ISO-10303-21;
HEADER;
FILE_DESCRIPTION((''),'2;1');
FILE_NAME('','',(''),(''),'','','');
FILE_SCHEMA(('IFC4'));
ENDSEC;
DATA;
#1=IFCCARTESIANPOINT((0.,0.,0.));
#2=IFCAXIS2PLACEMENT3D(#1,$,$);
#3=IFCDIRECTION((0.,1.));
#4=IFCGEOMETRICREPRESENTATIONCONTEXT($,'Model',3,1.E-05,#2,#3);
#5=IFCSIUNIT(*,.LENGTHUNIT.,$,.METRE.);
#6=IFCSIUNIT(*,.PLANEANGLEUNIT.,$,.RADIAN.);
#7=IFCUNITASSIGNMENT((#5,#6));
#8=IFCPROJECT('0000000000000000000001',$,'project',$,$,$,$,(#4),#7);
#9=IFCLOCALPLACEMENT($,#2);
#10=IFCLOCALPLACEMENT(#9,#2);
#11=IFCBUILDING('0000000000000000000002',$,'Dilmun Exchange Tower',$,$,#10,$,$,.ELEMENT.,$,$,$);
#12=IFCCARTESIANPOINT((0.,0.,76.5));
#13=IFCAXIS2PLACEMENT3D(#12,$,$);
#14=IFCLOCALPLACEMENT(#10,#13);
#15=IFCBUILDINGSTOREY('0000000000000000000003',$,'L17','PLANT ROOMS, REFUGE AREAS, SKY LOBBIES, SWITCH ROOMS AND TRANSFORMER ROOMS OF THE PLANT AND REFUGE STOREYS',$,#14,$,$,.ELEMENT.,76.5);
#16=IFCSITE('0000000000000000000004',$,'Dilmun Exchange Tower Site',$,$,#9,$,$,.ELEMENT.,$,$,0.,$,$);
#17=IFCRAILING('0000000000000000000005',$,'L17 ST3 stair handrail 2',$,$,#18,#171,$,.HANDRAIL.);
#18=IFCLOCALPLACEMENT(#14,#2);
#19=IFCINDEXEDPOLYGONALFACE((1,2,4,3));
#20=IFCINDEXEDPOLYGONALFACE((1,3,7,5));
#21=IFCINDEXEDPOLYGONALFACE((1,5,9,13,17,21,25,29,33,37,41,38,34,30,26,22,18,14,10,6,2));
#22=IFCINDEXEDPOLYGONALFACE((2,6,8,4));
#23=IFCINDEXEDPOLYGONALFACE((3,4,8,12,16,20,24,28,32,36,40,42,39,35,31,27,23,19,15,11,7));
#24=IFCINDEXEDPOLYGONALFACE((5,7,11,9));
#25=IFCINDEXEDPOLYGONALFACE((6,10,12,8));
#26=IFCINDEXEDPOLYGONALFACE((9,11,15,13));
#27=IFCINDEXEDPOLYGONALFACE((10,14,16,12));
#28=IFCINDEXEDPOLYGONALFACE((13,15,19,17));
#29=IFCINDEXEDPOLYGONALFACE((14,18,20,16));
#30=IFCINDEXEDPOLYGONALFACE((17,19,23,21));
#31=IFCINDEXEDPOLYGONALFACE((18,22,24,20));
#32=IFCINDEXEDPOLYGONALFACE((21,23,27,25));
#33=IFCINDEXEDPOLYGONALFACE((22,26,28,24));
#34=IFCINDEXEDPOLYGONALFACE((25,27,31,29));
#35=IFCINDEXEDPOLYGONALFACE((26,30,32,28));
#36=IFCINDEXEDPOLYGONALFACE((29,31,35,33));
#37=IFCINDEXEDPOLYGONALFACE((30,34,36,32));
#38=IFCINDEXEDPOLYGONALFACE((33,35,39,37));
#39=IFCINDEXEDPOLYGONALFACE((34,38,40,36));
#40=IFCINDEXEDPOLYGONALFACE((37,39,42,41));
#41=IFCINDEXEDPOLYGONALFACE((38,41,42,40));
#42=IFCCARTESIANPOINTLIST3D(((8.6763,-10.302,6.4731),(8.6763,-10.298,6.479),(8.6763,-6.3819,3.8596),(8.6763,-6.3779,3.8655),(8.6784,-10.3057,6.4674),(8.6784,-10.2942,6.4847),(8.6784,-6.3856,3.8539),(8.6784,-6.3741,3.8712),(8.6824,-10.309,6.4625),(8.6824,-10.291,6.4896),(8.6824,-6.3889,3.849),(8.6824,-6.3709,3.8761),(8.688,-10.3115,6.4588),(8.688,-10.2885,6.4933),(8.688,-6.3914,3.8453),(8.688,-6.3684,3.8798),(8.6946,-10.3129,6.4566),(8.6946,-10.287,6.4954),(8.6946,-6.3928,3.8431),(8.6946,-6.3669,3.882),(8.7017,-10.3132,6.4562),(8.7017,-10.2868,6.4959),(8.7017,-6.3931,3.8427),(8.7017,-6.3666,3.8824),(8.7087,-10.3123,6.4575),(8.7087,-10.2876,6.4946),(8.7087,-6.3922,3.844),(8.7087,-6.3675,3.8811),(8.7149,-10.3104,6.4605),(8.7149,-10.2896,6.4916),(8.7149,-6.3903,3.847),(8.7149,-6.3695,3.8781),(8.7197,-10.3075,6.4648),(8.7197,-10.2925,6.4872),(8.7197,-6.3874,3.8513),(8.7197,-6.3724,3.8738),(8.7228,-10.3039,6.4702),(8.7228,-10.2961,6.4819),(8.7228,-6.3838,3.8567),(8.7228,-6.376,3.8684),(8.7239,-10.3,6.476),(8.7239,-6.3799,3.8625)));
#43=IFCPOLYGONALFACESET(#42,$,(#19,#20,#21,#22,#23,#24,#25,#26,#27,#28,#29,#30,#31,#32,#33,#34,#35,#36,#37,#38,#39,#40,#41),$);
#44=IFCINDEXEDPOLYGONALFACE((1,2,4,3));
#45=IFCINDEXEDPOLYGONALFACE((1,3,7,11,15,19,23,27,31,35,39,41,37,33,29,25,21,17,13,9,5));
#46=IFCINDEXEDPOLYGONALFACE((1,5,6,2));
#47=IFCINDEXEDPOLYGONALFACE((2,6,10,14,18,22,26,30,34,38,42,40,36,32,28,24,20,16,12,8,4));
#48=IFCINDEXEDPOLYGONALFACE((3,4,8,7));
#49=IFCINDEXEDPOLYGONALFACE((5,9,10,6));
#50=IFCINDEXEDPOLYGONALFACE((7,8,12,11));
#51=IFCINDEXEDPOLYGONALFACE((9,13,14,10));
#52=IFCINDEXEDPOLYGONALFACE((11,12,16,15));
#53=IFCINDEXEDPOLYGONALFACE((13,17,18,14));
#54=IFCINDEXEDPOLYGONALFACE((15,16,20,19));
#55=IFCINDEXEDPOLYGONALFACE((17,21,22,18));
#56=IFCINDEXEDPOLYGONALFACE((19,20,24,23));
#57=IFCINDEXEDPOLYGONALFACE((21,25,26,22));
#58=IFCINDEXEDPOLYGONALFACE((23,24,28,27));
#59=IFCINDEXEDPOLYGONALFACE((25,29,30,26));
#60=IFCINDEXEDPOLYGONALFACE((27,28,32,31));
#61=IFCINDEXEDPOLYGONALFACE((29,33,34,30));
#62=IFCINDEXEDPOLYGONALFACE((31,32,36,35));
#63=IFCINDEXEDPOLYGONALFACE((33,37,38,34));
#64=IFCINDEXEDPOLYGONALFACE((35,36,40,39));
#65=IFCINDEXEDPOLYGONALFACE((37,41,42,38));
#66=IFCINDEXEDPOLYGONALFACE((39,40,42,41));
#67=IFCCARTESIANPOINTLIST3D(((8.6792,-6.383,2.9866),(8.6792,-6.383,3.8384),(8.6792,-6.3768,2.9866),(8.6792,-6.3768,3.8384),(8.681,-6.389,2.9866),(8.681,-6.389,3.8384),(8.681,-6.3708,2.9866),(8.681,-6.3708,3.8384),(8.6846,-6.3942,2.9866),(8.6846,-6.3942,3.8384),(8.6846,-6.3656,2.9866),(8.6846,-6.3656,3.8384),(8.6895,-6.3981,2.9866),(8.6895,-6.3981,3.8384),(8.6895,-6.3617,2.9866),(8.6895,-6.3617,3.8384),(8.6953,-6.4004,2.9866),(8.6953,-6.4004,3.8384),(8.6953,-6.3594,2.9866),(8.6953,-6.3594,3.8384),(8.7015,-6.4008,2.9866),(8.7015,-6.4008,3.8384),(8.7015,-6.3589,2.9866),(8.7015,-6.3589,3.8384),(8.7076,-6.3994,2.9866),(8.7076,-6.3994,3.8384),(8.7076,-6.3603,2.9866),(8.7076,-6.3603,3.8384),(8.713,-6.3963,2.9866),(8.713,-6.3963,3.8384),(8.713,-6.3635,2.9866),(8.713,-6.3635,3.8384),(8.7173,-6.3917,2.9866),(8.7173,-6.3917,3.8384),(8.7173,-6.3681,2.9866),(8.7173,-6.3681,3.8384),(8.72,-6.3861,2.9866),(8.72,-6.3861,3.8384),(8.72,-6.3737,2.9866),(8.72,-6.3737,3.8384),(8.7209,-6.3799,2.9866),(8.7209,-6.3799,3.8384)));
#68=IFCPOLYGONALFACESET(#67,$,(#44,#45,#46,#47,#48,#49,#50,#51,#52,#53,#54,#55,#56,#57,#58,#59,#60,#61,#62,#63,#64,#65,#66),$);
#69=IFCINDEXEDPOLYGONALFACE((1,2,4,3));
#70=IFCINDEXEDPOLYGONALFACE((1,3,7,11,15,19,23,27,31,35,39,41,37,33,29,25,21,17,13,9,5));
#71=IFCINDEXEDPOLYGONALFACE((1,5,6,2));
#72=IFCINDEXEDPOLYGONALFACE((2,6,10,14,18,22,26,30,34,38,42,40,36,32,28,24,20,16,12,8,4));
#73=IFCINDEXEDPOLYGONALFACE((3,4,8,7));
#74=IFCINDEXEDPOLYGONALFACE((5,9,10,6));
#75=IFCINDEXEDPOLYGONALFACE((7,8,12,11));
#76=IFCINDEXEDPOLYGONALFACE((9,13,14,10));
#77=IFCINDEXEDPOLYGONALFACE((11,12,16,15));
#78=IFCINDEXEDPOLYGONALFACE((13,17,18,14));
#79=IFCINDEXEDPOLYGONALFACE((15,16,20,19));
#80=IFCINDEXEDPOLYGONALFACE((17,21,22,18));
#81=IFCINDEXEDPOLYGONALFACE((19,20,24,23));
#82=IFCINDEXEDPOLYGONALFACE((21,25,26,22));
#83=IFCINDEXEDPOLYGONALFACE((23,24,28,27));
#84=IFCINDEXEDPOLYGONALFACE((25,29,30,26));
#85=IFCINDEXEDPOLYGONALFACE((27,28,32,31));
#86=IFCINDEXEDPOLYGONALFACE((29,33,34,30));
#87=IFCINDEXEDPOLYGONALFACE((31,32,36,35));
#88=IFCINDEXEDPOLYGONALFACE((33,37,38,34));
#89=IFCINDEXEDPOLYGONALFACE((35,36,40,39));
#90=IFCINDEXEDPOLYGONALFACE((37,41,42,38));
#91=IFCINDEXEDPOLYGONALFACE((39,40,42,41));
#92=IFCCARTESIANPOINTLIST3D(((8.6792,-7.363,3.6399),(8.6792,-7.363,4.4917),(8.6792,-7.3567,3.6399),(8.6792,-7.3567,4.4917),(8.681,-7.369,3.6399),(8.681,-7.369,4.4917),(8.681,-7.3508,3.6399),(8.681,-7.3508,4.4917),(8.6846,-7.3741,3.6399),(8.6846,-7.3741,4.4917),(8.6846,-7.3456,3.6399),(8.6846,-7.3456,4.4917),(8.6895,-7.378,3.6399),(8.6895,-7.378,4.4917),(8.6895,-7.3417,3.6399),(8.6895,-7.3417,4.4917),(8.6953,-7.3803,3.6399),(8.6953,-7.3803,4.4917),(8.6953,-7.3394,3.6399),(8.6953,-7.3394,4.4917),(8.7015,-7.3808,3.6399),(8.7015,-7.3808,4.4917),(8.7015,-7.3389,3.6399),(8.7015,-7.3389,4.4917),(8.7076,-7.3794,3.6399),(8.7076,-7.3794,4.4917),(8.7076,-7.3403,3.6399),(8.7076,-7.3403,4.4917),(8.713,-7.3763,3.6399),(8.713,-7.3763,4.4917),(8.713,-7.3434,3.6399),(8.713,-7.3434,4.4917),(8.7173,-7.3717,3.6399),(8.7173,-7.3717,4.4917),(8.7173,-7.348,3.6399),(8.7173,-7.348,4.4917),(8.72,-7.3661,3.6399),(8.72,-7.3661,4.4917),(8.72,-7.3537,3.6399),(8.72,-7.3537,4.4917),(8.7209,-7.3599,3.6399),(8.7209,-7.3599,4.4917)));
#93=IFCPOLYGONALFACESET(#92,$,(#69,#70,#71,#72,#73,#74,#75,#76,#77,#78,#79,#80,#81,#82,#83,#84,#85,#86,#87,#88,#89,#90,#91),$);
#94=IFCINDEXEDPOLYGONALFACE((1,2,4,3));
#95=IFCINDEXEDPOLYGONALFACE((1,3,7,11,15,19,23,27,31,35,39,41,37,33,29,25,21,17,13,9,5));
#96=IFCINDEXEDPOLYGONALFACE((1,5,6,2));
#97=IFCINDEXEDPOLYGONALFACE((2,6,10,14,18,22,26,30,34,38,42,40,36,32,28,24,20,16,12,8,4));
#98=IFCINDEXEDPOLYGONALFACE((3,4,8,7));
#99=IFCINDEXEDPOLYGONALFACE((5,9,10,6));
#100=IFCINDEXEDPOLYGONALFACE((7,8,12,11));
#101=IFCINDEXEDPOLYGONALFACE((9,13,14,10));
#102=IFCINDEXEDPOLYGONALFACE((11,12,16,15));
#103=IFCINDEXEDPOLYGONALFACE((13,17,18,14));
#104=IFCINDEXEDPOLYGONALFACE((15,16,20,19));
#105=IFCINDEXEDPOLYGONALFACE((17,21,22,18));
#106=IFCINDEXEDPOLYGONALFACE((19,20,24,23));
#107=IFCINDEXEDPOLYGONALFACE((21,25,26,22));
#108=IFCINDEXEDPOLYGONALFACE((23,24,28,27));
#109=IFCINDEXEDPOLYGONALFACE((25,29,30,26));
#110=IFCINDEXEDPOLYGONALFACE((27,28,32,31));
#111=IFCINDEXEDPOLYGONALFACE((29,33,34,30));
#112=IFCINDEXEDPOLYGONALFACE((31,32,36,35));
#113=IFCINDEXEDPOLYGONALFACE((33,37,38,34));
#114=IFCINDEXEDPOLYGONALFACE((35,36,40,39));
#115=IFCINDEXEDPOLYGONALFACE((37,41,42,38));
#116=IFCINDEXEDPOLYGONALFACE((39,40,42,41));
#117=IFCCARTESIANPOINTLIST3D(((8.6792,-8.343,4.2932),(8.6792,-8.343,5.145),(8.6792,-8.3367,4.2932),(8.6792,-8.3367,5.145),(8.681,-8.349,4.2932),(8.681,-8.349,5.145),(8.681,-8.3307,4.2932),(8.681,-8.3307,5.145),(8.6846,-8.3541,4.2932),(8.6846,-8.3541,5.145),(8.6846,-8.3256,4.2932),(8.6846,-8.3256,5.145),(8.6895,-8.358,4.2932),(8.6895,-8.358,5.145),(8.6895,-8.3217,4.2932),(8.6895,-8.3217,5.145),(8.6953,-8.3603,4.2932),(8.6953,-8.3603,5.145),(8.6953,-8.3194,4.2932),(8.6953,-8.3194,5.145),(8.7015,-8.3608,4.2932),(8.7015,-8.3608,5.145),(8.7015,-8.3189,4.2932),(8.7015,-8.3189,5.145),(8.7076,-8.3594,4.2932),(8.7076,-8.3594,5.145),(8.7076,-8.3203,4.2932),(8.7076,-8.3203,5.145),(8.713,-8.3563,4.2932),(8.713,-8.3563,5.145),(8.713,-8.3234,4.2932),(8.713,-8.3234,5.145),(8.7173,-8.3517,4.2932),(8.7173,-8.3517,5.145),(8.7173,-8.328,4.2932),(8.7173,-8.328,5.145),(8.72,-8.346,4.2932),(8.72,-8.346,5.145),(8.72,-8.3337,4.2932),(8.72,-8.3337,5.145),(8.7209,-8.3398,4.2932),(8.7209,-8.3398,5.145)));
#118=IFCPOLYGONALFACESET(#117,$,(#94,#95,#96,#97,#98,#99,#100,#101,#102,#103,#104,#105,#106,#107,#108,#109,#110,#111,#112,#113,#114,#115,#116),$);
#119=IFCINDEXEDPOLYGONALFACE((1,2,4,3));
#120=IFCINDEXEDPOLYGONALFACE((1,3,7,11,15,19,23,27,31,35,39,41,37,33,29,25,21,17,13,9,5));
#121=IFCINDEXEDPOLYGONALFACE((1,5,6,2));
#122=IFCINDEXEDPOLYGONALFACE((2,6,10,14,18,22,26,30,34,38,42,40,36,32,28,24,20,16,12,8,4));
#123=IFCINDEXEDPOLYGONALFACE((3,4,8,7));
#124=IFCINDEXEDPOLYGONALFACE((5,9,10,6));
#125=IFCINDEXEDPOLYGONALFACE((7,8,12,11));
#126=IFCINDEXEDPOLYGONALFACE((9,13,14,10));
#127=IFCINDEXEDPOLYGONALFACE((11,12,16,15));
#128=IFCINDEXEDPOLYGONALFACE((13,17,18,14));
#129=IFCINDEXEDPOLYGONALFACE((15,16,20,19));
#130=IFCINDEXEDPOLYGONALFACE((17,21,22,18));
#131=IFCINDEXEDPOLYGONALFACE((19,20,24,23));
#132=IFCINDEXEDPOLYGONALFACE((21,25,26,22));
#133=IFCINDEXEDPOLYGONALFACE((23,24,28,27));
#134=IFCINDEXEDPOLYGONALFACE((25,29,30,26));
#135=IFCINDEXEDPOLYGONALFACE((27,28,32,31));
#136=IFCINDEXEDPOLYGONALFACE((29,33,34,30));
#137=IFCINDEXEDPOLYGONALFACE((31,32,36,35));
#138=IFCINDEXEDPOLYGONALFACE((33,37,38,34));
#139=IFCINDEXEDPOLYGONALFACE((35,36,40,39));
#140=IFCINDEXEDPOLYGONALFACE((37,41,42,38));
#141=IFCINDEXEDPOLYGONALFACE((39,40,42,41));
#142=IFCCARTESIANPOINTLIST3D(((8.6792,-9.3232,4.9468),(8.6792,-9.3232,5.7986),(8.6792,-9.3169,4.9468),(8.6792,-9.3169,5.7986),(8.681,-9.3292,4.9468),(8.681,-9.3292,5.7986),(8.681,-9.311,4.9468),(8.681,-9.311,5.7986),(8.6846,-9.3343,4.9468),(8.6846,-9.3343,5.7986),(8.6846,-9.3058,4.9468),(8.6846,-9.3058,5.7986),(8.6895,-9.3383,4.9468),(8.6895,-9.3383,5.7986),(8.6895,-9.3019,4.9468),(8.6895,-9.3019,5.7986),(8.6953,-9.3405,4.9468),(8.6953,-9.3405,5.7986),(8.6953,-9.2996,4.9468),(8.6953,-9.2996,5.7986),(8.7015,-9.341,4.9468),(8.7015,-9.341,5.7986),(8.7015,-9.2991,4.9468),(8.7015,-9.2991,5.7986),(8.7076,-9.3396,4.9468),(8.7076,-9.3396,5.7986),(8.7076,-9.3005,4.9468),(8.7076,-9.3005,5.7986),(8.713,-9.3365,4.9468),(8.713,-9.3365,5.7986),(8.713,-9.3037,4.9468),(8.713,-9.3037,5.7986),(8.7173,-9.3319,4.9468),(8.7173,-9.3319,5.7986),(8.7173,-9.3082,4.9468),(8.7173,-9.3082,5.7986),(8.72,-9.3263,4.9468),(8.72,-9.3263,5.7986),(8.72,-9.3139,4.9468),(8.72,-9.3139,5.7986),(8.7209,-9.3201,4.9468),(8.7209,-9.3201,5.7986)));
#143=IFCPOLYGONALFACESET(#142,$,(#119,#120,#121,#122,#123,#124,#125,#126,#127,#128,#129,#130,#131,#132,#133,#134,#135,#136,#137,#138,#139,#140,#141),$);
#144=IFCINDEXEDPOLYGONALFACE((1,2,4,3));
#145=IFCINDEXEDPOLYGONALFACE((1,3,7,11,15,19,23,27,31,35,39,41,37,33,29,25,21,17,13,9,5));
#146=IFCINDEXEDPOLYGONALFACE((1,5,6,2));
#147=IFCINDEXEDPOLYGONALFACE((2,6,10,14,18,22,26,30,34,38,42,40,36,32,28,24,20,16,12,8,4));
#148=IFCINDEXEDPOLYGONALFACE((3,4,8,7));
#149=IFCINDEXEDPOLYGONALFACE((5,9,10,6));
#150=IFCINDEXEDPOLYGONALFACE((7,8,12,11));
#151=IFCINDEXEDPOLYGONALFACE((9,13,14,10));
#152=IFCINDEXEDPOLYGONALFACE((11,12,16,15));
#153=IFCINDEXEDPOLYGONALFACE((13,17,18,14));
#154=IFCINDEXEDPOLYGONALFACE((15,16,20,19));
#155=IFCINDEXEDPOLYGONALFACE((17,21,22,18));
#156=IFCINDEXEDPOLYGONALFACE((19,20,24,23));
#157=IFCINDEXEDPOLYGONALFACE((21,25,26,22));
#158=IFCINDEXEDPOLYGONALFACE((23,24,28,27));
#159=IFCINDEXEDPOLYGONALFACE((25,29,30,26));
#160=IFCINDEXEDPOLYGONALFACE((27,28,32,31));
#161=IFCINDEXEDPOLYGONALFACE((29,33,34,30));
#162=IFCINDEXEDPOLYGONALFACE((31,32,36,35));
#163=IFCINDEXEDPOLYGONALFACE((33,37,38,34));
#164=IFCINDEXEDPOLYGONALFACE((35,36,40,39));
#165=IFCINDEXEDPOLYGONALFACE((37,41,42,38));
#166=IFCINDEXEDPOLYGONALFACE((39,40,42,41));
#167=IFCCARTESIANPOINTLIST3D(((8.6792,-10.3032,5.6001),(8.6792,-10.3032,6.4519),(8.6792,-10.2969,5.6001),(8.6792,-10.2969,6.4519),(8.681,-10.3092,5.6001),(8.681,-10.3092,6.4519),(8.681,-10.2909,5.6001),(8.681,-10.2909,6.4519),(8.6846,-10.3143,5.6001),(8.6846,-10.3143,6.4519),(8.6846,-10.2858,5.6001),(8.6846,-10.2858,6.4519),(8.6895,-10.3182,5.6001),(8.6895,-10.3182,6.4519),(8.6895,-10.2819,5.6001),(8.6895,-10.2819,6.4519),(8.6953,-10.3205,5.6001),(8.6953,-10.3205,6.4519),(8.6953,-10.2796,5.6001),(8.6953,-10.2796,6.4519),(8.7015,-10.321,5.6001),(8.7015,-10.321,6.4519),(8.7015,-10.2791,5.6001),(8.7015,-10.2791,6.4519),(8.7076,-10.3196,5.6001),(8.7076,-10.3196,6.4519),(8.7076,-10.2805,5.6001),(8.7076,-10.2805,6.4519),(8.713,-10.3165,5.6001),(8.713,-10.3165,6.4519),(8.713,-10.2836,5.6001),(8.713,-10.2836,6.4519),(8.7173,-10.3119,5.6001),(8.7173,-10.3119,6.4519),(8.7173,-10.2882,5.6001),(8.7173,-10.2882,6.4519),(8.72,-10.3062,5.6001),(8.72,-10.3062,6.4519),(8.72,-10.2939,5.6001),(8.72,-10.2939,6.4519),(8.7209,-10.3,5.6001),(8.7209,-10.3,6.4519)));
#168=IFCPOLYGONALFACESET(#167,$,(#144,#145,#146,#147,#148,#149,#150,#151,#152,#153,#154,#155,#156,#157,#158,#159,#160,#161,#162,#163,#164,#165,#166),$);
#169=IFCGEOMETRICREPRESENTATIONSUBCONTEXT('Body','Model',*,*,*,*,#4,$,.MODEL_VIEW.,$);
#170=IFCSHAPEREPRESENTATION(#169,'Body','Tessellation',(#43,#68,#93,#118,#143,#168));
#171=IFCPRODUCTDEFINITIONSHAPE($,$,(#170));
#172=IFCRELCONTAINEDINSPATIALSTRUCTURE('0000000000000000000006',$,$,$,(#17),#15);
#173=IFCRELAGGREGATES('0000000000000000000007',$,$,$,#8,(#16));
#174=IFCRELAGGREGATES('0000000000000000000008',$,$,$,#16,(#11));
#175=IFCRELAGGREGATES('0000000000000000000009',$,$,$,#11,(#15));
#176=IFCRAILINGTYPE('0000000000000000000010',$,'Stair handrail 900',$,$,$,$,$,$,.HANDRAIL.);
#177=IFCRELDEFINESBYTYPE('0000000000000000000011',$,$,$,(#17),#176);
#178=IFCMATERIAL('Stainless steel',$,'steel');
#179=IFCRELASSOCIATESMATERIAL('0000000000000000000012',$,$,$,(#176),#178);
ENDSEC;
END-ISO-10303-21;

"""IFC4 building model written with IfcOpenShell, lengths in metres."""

from ifc_helpers import new_model, si_unit, direction, frame, origin, origin_2d, place, context, subcontext, project, spatial, circle, extrude, material, type_object, element, save


model = new_model("IFC4")

# Units and contexts
model_context = context("Model", 3, precision=1e-05, world=origin(), true_north=direction((0.0, 1.0)))
body_context = subcontext(model_context, "Body", "Model", "MODEL_VIEW")
ifc_project = project(units=[si_unit("LENGTHUNIT", "METRE"), si_unit("PLANEANGLEUNIT", "RADIAN")], contexts=[model_context])

# Site, building, storey
site_placement = place(None, origin())
site = spatial("IfcSite", under=ifc_project, at=site_placement, Name="Dilmun Exchange Tower Site", CompositionType="ELEMENT", RefElevation=0.0)
building_placement = place(site_placement, origin())
building = spatial("IfcBuilding", under=site, at=building_placement, Name="Dilmun Exchange Tower", CompositionType="ELEMENT")
storey_placement = place(building_placement, frame((0.0, 0.0, 76.5)))
storey = spatial("IfcBuildingStorey", under=building, at=storey_placement, Name="L17", Description="PLANT ROOMS, REFUGE AREAS, SKY LOBBIES, SWITCH ROOMS AND TRANSFORMER ROOMS OF THE PLANT AND REFUGE STOREYS", CompositionType="ELEMENT", Elevation=76.5)

# Railing
ifc_material_1 = material(Name="Stainless steel", Category="steel")
railing_type = type_object("IfcRailingType", Name="Stair handrail 900", PredefinedType="HANDRAIL", material=ifc_material_1)
railing_placement = place(storey_placement, frame((8.7, -6.3799, 2.9866)))
element("IfcRailing", 1, at=railing_placement, inside=storey, type_object=railing_type, Name="L17 ST3 stair handrail 2", PredefinedType="HANDRAIL", context=body_context, shape_type="SweptSolid", body=[
    extrude(circle(Radius=0.0239, at=origin_2d()), frame((0.0, 0.0, 0.876), z_axis=(0.0, -0.832042, 0.554712), x_axis=(1.0, 0.0, 0.0)), (0.0, 0.0, 1.0), 4.7114),
    extrude(circle(Radius=0.021, at=origin_2d()), origin(), (0.0, 0.0, 1.0), 0.8518),
    extrude(circle(Radius=0.021, at=origin_2d()), frame((0.0, -0.98, 0.6533)), (0.0, 0.0, 1.0), 0.8518),
    extrude(circle(Radius=0.021, at=origin_2d()), frame((0.0, -1.96, 1.3066)), (0.0, 0.0, 1.0), 0.8518),
    extrude(circle(Radius=0.021, at=origin_2d()), frame((0.0, -2.9402, 1.9602)), (0.0, 0.0, 1.0), 0.8518),
    extrude(circle(Radius=0.021, at=origin_2d()), frame((0.0, -3.9202, 2.6135)), (0.0, 0.0, 1.0), 0.8518),
])

save(model, "model.ifc")
